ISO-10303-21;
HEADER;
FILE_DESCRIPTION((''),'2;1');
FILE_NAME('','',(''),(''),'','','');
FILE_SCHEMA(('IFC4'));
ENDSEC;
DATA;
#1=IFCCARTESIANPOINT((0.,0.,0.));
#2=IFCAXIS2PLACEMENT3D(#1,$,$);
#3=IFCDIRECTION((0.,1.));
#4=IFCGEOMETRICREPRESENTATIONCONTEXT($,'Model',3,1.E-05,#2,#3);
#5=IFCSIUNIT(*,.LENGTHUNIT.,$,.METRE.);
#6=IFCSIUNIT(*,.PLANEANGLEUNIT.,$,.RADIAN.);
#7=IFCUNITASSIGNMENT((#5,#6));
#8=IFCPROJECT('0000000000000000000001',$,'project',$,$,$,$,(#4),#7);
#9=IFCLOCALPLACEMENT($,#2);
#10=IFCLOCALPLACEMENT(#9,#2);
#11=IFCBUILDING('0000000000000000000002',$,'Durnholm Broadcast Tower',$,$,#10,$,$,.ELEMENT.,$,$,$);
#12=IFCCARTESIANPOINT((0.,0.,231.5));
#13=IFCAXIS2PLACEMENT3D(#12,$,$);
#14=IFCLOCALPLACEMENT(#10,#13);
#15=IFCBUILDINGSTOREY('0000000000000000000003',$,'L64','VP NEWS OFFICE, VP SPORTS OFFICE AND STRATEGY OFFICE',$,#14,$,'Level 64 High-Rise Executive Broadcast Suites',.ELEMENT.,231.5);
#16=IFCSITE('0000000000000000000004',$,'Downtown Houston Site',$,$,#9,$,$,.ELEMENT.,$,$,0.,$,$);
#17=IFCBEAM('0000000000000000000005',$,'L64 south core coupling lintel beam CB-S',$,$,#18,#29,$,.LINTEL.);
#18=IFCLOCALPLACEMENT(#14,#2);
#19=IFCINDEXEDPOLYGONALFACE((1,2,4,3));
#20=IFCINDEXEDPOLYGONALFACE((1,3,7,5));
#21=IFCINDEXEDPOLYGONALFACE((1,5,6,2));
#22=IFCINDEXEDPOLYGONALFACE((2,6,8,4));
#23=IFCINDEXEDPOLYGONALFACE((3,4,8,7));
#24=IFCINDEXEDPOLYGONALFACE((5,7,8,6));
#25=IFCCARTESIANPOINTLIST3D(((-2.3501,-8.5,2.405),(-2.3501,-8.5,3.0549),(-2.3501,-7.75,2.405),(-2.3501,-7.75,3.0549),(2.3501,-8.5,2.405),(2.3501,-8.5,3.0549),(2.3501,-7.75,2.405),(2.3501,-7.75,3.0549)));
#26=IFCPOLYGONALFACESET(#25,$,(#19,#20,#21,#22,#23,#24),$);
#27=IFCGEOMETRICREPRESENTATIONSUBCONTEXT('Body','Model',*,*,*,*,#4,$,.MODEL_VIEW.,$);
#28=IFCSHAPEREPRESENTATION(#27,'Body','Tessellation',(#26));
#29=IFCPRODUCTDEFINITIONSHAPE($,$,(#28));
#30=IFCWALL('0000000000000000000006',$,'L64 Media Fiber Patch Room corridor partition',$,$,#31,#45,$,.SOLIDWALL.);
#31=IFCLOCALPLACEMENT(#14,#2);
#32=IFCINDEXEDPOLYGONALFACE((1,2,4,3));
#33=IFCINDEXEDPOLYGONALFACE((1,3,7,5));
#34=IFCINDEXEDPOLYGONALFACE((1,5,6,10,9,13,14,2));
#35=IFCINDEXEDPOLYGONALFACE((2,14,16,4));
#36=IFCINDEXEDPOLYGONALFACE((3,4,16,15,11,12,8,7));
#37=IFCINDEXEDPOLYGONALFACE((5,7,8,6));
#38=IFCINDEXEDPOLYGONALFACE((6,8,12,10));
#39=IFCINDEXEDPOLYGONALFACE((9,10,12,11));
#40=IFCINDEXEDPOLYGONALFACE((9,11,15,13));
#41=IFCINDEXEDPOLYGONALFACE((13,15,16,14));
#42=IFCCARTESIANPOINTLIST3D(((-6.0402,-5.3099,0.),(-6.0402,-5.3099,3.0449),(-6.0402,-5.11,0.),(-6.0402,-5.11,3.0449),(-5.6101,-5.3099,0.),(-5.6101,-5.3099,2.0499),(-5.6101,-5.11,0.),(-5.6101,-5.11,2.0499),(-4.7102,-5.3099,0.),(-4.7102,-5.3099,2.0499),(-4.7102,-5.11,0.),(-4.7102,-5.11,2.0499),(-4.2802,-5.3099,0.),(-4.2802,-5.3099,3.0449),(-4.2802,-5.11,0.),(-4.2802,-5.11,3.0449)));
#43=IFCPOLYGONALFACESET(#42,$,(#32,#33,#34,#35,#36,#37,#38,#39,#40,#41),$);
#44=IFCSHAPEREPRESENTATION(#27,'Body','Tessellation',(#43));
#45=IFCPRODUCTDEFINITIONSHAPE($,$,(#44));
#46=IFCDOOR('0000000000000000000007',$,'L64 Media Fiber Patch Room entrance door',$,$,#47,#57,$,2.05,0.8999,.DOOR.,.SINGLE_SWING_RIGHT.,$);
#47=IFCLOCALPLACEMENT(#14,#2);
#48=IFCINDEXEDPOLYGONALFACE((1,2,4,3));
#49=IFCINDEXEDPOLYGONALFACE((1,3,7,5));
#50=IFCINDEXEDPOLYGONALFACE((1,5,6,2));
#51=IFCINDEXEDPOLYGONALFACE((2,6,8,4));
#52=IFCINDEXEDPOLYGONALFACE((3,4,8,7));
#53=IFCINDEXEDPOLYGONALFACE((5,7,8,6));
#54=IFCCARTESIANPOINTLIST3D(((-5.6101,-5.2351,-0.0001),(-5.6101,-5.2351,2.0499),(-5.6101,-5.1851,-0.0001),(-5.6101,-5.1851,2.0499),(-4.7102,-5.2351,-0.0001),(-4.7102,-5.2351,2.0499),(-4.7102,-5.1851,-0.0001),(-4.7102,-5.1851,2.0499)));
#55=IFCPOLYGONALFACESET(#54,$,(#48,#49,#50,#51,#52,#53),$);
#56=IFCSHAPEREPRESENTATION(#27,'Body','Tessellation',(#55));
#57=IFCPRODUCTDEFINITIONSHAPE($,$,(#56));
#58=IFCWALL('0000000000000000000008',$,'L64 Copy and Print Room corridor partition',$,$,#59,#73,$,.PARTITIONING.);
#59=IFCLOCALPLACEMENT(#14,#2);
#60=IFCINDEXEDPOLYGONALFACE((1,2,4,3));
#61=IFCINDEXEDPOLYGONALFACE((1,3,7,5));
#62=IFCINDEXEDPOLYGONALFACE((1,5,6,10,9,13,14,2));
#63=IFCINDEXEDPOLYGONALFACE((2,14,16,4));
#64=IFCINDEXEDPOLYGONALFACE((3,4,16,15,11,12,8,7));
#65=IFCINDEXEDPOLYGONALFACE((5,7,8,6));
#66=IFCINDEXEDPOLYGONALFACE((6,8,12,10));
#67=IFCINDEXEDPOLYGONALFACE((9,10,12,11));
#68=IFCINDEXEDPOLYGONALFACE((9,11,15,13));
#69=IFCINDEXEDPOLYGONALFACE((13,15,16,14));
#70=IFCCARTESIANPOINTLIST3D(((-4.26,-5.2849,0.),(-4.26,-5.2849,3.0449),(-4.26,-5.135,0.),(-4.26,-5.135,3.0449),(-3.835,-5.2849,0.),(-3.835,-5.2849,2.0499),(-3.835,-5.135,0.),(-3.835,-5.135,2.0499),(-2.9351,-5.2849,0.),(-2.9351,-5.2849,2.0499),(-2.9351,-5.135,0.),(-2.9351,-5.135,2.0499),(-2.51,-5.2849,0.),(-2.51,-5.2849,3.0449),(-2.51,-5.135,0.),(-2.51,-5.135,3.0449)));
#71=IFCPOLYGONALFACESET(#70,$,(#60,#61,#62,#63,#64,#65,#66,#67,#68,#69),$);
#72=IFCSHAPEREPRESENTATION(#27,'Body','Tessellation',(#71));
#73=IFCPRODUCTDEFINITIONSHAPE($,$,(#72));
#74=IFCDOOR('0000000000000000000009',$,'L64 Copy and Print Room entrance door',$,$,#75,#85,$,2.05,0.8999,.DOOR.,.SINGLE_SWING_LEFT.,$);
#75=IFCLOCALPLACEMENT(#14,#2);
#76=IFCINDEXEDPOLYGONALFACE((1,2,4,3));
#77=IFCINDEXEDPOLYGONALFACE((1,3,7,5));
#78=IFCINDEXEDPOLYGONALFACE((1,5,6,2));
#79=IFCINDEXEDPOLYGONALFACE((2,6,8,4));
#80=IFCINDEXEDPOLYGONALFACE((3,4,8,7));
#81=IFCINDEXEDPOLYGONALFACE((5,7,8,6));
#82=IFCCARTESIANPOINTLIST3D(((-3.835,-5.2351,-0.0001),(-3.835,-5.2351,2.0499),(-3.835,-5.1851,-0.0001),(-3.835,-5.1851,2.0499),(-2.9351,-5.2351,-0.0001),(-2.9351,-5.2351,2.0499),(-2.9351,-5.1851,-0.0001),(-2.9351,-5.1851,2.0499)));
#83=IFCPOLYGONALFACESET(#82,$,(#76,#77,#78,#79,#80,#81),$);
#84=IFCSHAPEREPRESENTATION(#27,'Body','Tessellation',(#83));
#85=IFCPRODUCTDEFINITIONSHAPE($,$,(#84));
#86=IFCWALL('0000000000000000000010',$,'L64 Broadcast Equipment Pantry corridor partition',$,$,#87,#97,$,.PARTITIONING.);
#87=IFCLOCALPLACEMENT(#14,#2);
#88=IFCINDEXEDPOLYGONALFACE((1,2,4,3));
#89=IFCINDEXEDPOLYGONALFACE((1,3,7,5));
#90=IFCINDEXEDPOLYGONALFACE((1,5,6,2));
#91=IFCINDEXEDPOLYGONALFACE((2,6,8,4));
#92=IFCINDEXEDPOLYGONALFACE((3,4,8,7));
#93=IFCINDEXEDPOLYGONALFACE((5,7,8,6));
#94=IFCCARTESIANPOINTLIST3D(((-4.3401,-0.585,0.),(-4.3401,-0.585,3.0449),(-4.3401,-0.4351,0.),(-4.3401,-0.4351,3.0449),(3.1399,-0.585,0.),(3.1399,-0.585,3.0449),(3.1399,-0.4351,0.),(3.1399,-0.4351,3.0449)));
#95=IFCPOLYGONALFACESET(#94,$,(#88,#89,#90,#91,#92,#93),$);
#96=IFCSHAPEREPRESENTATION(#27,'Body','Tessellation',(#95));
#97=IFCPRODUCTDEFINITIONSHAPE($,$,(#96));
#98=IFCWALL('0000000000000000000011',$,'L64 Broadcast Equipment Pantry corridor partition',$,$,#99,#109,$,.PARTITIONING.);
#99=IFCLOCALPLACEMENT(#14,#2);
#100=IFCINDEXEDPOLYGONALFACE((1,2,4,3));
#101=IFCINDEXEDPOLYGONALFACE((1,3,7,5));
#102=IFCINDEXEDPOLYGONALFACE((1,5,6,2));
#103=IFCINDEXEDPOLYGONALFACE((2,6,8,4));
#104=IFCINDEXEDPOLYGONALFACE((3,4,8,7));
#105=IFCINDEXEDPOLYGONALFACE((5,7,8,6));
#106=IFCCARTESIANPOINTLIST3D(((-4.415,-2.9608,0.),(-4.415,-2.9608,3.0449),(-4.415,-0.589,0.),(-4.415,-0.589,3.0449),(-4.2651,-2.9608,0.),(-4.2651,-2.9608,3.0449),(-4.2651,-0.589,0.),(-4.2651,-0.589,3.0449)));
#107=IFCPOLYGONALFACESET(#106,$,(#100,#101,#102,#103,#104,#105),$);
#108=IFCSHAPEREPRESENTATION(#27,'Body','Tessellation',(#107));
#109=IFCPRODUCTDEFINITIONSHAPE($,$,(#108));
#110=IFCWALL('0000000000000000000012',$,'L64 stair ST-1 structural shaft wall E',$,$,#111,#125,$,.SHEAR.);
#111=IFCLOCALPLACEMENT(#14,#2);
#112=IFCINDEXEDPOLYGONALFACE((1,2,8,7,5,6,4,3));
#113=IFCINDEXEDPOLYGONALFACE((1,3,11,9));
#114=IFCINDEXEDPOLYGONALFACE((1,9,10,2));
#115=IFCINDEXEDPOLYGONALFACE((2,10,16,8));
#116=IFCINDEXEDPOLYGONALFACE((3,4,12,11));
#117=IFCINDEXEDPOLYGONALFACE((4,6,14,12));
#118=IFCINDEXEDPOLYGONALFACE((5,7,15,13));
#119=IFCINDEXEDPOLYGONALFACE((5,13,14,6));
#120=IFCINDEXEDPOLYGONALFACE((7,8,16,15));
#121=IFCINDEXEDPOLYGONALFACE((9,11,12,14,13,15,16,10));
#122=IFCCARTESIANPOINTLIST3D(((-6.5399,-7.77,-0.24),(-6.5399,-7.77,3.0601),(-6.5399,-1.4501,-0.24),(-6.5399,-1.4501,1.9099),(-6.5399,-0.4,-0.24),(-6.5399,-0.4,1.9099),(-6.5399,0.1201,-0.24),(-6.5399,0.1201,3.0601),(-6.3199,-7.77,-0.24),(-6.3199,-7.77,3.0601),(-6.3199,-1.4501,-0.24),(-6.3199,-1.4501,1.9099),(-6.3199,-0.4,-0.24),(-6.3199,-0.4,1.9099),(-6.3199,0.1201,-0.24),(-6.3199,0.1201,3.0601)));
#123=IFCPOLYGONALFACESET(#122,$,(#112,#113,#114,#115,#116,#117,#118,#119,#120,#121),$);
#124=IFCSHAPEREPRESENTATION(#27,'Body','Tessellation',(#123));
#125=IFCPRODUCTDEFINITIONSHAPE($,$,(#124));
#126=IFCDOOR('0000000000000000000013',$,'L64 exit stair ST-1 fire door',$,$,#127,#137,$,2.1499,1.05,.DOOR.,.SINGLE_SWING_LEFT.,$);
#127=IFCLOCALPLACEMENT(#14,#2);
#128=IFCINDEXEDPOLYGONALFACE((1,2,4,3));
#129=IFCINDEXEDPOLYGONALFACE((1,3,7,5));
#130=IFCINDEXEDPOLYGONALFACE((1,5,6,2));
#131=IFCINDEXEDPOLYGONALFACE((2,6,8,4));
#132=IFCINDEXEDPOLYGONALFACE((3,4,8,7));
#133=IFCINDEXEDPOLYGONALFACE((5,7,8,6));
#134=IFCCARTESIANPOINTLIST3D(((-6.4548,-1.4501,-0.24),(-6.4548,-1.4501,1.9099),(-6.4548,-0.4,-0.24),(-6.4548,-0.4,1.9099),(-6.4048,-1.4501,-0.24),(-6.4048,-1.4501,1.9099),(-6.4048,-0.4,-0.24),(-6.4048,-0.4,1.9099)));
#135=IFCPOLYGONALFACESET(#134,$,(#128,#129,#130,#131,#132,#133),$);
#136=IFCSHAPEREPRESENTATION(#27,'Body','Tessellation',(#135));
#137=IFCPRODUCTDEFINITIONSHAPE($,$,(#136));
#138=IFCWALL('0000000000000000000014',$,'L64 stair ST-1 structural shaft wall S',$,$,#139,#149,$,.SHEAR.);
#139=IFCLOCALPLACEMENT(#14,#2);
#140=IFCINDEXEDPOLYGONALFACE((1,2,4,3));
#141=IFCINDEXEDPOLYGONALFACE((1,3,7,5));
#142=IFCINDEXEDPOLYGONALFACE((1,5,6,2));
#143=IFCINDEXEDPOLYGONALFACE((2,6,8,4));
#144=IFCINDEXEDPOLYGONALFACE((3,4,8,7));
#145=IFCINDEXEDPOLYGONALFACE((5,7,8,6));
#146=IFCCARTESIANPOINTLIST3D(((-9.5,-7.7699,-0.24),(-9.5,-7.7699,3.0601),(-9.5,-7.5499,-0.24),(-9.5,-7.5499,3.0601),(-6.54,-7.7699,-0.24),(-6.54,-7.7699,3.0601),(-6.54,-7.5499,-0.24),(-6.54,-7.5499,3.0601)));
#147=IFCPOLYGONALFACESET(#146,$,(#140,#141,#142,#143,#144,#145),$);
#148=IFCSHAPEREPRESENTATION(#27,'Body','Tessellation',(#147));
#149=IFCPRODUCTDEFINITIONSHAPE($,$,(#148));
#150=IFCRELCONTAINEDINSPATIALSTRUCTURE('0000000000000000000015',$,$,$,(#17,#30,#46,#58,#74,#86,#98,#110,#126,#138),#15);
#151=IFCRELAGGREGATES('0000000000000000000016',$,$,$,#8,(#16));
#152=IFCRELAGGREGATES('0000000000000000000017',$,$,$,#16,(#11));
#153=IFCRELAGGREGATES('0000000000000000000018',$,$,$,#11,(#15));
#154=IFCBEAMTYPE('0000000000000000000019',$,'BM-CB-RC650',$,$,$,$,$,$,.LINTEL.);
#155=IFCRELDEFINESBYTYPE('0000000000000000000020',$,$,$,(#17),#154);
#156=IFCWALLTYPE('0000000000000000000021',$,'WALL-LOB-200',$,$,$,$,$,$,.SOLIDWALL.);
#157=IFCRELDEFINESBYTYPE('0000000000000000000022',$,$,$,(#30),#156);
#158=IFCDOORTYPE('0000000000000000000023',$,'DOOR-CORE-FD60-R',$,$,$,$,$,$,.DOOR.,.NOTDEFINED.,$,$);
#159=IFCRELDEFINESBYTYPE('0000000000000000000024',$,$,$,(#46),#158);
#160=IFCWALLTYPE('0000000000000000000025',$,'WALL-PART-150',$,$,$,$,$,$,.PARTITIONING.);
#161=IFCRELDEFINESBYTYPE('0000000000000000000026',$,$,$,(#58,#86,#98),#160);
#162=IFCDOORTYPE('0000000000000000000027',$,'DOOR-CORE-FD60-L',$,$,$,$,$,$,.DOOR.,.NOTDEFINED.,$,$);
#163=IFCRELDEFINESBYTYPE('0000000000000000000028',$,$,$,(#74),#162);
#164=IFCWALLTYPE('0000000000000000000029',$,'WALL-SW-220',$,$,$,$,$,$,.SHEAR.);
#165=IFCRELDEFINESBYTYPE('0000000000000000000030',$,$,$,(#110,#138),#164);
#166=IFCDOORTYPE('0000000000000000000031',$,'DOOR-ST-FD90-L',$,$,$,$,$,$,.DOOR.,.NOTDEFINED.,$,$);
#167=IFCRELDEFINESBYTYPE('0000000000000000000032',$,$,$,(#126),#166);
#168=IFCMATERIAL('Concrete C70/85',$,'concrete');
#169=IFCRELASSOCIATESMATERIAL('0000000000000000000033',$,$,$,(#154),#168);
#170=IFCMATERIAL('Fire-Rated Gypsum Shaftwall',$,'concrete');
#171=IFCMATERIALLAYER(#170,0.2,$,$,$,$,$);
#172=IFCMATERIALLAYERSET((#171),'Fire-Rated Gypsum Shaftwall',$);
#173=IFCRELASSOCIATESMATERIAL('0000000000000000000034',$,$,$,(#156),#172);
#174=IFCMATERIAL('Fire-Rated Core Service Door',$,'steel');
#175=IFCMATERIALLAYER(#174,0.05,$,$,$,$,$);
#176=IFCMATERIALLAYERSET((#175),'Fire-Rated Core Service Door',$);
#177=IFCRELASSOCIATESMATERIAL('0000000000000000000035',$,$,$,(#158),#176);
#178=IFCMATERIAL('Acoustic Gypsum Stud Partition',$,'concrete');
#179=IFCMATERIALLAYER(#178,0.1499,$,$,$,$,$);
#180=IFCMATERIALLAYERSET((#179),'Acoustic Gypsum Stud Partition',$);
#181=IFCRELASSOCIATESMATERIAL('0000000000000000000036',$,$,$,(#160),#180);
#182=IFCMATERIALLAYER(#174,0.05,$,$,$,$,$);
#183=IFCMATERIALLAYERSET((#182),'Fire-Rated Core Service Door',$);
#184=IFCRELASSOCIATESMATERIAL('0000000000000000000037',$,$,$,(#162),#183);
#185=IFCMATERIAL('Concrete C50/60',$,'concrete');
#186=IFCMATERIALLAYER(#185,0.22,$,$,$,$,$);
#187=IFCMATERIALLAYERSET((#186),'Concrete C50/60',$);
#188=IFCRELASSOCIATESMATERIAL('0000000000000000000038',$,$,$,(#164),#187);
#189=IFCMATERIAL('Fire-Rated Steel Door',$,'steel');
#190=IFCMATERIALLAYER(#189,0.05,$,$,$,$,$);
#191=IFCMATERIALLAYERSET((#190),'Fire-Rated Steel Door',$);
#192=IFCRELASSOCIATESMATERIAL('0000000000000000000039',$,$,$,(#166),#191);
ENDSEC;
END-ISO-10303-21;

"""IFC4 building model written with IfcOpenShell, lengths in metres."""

from ifc_helpers import new_model, si_unit, direction, frame, frame_2d, origin, origin_2d, place, context, subcontext, project, spatial, rectangle, extrude, source, transform, mapped, material, layer, layer_set, material_profile, profile_set, type_object, type_shapes, element, fill, save


model = new_model("IFC4")

# Units and contexts
model_context = context("Model", 3, precision=1e-05, world=origin(), true_north=direction((0.0, 1.0)))
body_context = subcontext(model_context, "Body", "Model", "MODEL_VIEW")
ifc_project = project(units=[si_unit("LENGTHUNIT", "METRE"), si_unit("PLANEANGLEUNIT", "RADIAN")], contexts=[model_context])

# Site, building, storey
site_placement = place(None, origin())
site = spatial("IfcSite", under=ifc_project, at=site_placement, Name="Downtown Houston Site", CompositionType="ELEMENT", RefElevation=0.0)
building_placement = place(site_placement, origin())
building = spatial("IfcBuilding", under=site, at=building_placement, Name="Durnholm Broadcast Tower", CompositionType="ELEMENT")
storey_placement = place(building_placement, frame((0.0, 0.0, 231.5)))
storey = spatial("IfcBuildingStorey", under=building, at=storey_placement, Name="L64", Description="VP NEWS OFFICE, VP SPORTS OFFICE AND STRATEGY OFFICE", LongName="Level 64 High-Rise Executive Broadcast Suites", CompositionType="ELEMENT", Elevation=231.5)

# Beam
ifc_material_1 = material(Name="Concrete C70/85", Category="concrete")
ifc_material_profile = material_profile(ifc_material_1, rectangle(XDim=0.75, YDim=0.6499, at=origin_2d()), Name="RC750X650")
ifc_profile_set = profile_set([ifc_material_profile], Name="Concrete C70/85")
beam_type = type_object("IfcBeamType", Name="BM-CB-RC650", PredefinedType="LINTEL", material=ifc_profile_set)
shared_shape_1 = source(origin(), body_context, "Body", "SweptSolid", [
    extrude(rectangle(XDim=0.75, YDim=0.6499, at=origin_2d()), origin(), (0.0, 0.0, 1.0), 4.7002),
])
type_shapes(beam_type, [shared_shape_1])
beam_placement = place(storey_placement, frame((-2.3501, -8.125, 2.73), z_axis=(1.0, 0.0, 0.0), x_axis=(0.0, 1.0, 0.0)))
element("IfcBeam", 1, at=beam_placement, inside=storey, type_object=beam_type, Name="L64 south core coupling lintel beam CB-S", PredefinedType="LINTEL", context=body_context, shape_type="MappedRepresentation", body=[
    mapped(shared_shape_1, transform((0.0, 0.0, 0.0), x_axis=(1.0, 0.0, 0.0), y_axis=(0.0, 1.0, 0.0), z_axis=(0.0, 0.0, 1.0), scale=1.0)),
])

# Walls, openings, doors
ifc_material_2 = material(Name="Fire-Rated Gypsum Shaftwall", Category="concrete")
ifc_layer_1 = layer(ifc_material_2, 0.2)
ifc_layer_set_1 = layer_set([ifc_layer_1], Name="Fire-Rated Gypsum Shaftwall")
wall_type_1 = type_object("IfcWallType", Name="WALL-LOB-200", PredefinedType="SOLIDWALL", material=ifc_layer_set_1)
wall_1_placement = place(storey_placement, frame((-6.04, -5.21, 0.0), z_axis=(0.0, 0.0, 1.0), x_axis=(1.0, 0.0, 0.0)))
wall_1 = element("IfcWall", 2, at=wall_1_placement, inside=storey, type_object=wall_type_1, Name="L64 Media Fiber Patch Room corridor partition", PredefinedType="SOLIDWALL", context=body_context, shape_type="SweptSolid", body=[
    extrude(rectangle(XDim=1.76, YDim=0.2, at=frame_2d((0.8799, 0.0))), origin(), (0.0, 0.0, 1.0), 3.0449),
])
opening_1_placement = place(wall_1_placement, frame((0.4299, 0.0, 0.0)))
opening_1 = element("IfcOpeningElement", 3, at=opening_1_placement, cuts=wall_1, PredefinedType="OPENING", context=body_context, shape_type="SweptSolid", body=[
    extrude(rectangle(XDim=0.8999, YDim=2.05, at=frame_2d((0.45, 1.0249))), frame((0.0, 0.1099, 0.0), z_axis=(0.0, -1.0, 0.0), x_axis=(1.0, 0.0, 0.0)), (0.0, 0.0, 1.0), 0.22),
])
ifc_material_3 = material(Name="Fire-Rated Core Service Door", Category="steel")
ifc_layer_2 = layer(ifc_material_3, 0.05)
ifc_layer_set_2 = layer_set([ifc_layer_2], Name="Fire-Rated Core Service Door")
door_type_1 = type_object("IfcDoorType", Name="DOOR-CORE-FD60-R", OperationType="NOTDEFINED", PredefinedType="DOOR", material=ifc_layer_set_2)
shared_shape_2 = source(origin(), body_context, "Body", "SweptSolid", [
    extrude(rectangle(XDim=0.8999, YDim=2.05, at=frame_2d((0.45, 1.0249))), frame((0.0, 0.0249, 0.0), z_axis=(0.0, -1.0, 0.0), x_axis=(1.0, 0.0, 0.0)), (0.0, 0.0, 1.0), 0.05),
])
type_shapes(door_type_1, [shared_shape_2])
door_1_placement = place(opening_1_placement, origin())
door_1 = element("IfcDoor", 4, at=door_1_placement, inside=storey, type_object=door_type_1, Name="L64 Media Fiber Patch Room entrance door", OperationType="SINGLE_SWING_RIGHT", OverallHeight=2.05, OverallWidth=0.8999, PredefinedType="DOOR", context=body_context, shape_type="MappedRepresentation", body=[
    mapped(shared_shape_2, transform((0.0, 0.0, 0.0), x_axis=(1.0, 0.0, 0.0), y_axis=(0.0, 1.0, 0.0), z_axis=(0.0, 0.0, 1.0), scale=1.0)),
])
fill(opening_1, door_1)
ifc_material_4 = material(Name="Acoustic Gypsum Stud Partition", Category="concrete")
ifc_layer_3 = layer(ifc_material_4, 0.1499)
ifc_layer_set_3 = layer_set([ifc_layer_3], Name="Acoustic Gypsum Stud Partition")
wall_type_2 = type_object("IfcWallType", Name="WALL-PART-150", PredefinedType="PARTITIONING", material=ifc_layer_set_3)
wall_2_placement = place(storey_placement, frame((-4.26, -5.21, 0.0), z_axis=(0.0, 0.0, 1.0), x_axis=(1.0, 0.0, 0.0)))
wall_2 = element("IfcWall", 5, at=wall_2_placement, inside=storey, type_object=wall_type_2, Name="L64 Copy and Print Room corridor partition", PredefinedType="PARTITIONING", context=body_context, shape_type="SweptSolid", body=[
    extrude(rectangle(XDim=1.75, YDim=0.1499, at=frame_2d((0.875, 0.0))), origin(), (0.0, 0.0, 1.0), 3.0449),
])
opening_2_placement = place(wall_2_placement, frame((0.425, 0.0, 0.0)))
opening_2 = element("IfcOpeningElement", 6, at=opening_2_placement, cuts=wall_2, PredefinedType="OPENING", context=body_context, shape_type="SweptSolid", body=[
    extrude(rectangle(XDim=0.8999, YDim=2.05, at=frame_2d((0.45, 1.0249))), frame((0.0, 0.085, 0.0), z_axis=(0.0, -1.0, 0.0), x_axis=(1.0, 0.0, 0.0)), (0.0, 0.0, 1.0), 0.1699),
])
ifc_layer_4 = layer(ifc_material_3, 0.05)
ifc_layer_set_4 = layer_set([ifc_layer_4], Name="Fire-Rated Core Service Door")
door_type_2 = type_object("IfcDoorType", Name="DOOR-CORE-FD60-L", OperationType="NOTDEFINED", PredefinedType="DOOR", material=ifc_layer_set_4)
shared_shape_3 = source(origin(), body_context, "Body", "SweptSolid", [
    extrude(rectangle(XDim=0.8999, YDim=2.05, at=frame_2d((0.45, 1.0249))), frame((0.0, 0.0249, 0.0), z_axis=(0.0, -1.0, 0.0), x_axis=(1.0, 0.0, 0.0)), (0.0, 0.0, 1.0), 0.05),
])
type_shapes(door_type_2, [shared_shape_3])
door_2_placement = place(opening_2_placement, origin())
door_2 = element("IfcDoor", 7, at=door_2_placement, inside=storey, type_object=door_type_2, Name="L64 Copy and Print Room entrance door", OperationType="SINGLE_SWING_LEFT", OverallHeight=2.05, OverallWidth=0.8999, PredefinedType="DOOR", context=body_context, shape_type="MappedRepresentation", body=[
    mapped(shared_shape_3, transform((0.0, 0.0, 0.0), x_axis=(1.0, 0.0, 0.0), y_axis=(0.0, 1.0, 0.0), z_axis=(0.0, 0.0, 1.0), scale=1.0)),
])
fill(opening_2, door_2)

# Walls
wall_3_placement = place(storey_placement, frame((-4.3401, -0.51, 0.0), z_axis=(0.0, 0.0, 1.0), x_axis=(1.0, 0.0, 0.0)))
element("IfcWall", 8, at=wall_3_placement, inside=storey, type_object=wall_type_2, Name="L64 Broadcast Equipment Pantry corridor partition", PredefinedType="PARTITIONING", context=body_context, shape_type="SweptSolid", body=[
    extrude(rectangle(XDim=7.48, YDim=0.1499, at=frame_2d((3.74, 0.0))), origin(), (0.0, 0.0, 1.0), 3.0449),
])
wall_4_placement = place(storey_placement, frame((-4.3401, -2.9609, 0.0), z_axis=(0.0, 0.0, 1.0), x_axis=(0.0, 1.0, 0.0)))
element("IfcWall", 9, at=wall_4_placement, inside=storey, type_object=wall_type_2, Name="L64 Broadcast Equipment Pantry corridor partition", PredefinedType="PARTITIONING", context=body_context, shape_type="SweptSolid", body=[
    extrude(rectangle(XDim=2.3718, YDim=0.1499, at=frame_2d((1.186, 0.0))), origin(), (0.0, 0.0, 1.0), 3.0449),
])

# Wall, opening, door
ifc_material_5 = material(Name="Concrete C50/60", Category="concrete")
ifc_layer_5 = layer(ifc_material_5, 0.22)
ifc_layer_set_5 = layer_set([ifc_layer_5], Name="Concrete C50/60")
wall_type_3 = type_object("IfcWallType", Name="WALL-SW-220", PredefinedType="SHEAR", material=ifc_layer_set_5)
wall_5_placement = place(storey_placement, frame((-6.4299, -7.77, -0.24), z_axis=(0.0, 0.0, 1.0), x_axis=(0.0, 1.0, 0.0)))
wall_5 = element("IfcWall", 10, at=wall_5_placement, inside=storey, type_object=wall_type_3, Name="L64 stair ST-1 structural shaft wall E", PredefinedType="SHEAR", context=body_context, shape_type="SweptSolid", body=[
    extrude(rectangle(XDim=7.8901, YDim=0.22, at=frame_2d((3.9451, 0.0))), origin(), (0.0, 0.0, 1.0), 3.3),
])
opening_3_placement = place(wall_5_placement, frame((6.3201, 0.0, 0.0)))
opening_3 = element("IfcOpeningElement", 11, at=opening_3_placement, cuts=wall_5, PredefinedType="OPENING", context=body_context, shape_type="SweptSolid", body=[
    extrude(rectangle(XDim=1.05, YDim=2.1499, at=frame_2d((0.5249, 1.075))), frame((0.0, 0.1201, 0.0), z_axis=(0.0, -1.0, 0.0), x_axis=(1.0, 0.0, 0.0)), (0.0, 0.0, 1.0), 0.24),
])
ifc_material_6 = material(Name="Fire-Rated Steel Door", Category="steel")
ifc_layer_6 = layer(ifc_material_6, 0.05)
ifc_layer_set_6 = layer_set([ifc_layer_6], Name="Fire-Rated Steel Door")
door_type_3 = type_object("IfcDoorType", Name="DOOR-ST-FD90-L", OperationType="NOTDEFINED", PredefinedType="DOOR", material=ifc_layer_set_6)
shared_shape_4 = source(origin(), body_context, "Body", "SweptSolid", [
    extrude(rectangle(XDim=1.05, YDim=2.1499, at=frame_2d((0.5249, 1.075))), frame((0.0, 0.0249, 0.0), z_axis=(0.0, -1.0, 0.0), x_axis=(1.0, 0.0, 0.0)), (0.0, 0.0, 1.0), 0.05),
])
type_shapes(door_type_3, [shared_shape_4])
door_3_placement = place(opening_3_placement, origin())
door_3 = element("IfcDoor", 12, at=door_3_placement, inside=storey, type_object=door_type_3, Name="L64 exit stair ST-1 fire door", OperationType="SINGLE_SWING_LEFT", OverallHeight=2.1499, OverallWidth=1.05, PredefinedType="DOOR", context=body_context, shape_type="MappedRepresentation", body=[
    mapped(shared_shape_4, transform((0.0, 0.0, 0.0), x_axis=(1.0, 0.0, 0.0), y_axis=(0.0, 1.0, 0.0), z_axis=(0.0, 0.0, 1.0), scale=1.0)),
])
fill(opening_3, door_3)

# Wall
wall_6_placement = place(storey_placement, frame((-9.5, -7.6599, -0.24), z_axis=(0.0, 0.0, 1.0), x_axis=(1.0, 0.0, 0.0)))
element("IfcWall", 13, at=wall_6_placement, inside=storey, type_object=wall_type_3, Name="L64 stair ST-1 structural shaft wall S", PredefinedType="SHEAR", context=body_context, shape_type="SweptSolid", body=[
    extrude(rectangle(XDim=2.96, YDim=0.22, at=frame_2d((1.48, 0.0))), origin(), (0.0, 0.0, 1.0), 3.3),
])

save(model, "model.ifc")
